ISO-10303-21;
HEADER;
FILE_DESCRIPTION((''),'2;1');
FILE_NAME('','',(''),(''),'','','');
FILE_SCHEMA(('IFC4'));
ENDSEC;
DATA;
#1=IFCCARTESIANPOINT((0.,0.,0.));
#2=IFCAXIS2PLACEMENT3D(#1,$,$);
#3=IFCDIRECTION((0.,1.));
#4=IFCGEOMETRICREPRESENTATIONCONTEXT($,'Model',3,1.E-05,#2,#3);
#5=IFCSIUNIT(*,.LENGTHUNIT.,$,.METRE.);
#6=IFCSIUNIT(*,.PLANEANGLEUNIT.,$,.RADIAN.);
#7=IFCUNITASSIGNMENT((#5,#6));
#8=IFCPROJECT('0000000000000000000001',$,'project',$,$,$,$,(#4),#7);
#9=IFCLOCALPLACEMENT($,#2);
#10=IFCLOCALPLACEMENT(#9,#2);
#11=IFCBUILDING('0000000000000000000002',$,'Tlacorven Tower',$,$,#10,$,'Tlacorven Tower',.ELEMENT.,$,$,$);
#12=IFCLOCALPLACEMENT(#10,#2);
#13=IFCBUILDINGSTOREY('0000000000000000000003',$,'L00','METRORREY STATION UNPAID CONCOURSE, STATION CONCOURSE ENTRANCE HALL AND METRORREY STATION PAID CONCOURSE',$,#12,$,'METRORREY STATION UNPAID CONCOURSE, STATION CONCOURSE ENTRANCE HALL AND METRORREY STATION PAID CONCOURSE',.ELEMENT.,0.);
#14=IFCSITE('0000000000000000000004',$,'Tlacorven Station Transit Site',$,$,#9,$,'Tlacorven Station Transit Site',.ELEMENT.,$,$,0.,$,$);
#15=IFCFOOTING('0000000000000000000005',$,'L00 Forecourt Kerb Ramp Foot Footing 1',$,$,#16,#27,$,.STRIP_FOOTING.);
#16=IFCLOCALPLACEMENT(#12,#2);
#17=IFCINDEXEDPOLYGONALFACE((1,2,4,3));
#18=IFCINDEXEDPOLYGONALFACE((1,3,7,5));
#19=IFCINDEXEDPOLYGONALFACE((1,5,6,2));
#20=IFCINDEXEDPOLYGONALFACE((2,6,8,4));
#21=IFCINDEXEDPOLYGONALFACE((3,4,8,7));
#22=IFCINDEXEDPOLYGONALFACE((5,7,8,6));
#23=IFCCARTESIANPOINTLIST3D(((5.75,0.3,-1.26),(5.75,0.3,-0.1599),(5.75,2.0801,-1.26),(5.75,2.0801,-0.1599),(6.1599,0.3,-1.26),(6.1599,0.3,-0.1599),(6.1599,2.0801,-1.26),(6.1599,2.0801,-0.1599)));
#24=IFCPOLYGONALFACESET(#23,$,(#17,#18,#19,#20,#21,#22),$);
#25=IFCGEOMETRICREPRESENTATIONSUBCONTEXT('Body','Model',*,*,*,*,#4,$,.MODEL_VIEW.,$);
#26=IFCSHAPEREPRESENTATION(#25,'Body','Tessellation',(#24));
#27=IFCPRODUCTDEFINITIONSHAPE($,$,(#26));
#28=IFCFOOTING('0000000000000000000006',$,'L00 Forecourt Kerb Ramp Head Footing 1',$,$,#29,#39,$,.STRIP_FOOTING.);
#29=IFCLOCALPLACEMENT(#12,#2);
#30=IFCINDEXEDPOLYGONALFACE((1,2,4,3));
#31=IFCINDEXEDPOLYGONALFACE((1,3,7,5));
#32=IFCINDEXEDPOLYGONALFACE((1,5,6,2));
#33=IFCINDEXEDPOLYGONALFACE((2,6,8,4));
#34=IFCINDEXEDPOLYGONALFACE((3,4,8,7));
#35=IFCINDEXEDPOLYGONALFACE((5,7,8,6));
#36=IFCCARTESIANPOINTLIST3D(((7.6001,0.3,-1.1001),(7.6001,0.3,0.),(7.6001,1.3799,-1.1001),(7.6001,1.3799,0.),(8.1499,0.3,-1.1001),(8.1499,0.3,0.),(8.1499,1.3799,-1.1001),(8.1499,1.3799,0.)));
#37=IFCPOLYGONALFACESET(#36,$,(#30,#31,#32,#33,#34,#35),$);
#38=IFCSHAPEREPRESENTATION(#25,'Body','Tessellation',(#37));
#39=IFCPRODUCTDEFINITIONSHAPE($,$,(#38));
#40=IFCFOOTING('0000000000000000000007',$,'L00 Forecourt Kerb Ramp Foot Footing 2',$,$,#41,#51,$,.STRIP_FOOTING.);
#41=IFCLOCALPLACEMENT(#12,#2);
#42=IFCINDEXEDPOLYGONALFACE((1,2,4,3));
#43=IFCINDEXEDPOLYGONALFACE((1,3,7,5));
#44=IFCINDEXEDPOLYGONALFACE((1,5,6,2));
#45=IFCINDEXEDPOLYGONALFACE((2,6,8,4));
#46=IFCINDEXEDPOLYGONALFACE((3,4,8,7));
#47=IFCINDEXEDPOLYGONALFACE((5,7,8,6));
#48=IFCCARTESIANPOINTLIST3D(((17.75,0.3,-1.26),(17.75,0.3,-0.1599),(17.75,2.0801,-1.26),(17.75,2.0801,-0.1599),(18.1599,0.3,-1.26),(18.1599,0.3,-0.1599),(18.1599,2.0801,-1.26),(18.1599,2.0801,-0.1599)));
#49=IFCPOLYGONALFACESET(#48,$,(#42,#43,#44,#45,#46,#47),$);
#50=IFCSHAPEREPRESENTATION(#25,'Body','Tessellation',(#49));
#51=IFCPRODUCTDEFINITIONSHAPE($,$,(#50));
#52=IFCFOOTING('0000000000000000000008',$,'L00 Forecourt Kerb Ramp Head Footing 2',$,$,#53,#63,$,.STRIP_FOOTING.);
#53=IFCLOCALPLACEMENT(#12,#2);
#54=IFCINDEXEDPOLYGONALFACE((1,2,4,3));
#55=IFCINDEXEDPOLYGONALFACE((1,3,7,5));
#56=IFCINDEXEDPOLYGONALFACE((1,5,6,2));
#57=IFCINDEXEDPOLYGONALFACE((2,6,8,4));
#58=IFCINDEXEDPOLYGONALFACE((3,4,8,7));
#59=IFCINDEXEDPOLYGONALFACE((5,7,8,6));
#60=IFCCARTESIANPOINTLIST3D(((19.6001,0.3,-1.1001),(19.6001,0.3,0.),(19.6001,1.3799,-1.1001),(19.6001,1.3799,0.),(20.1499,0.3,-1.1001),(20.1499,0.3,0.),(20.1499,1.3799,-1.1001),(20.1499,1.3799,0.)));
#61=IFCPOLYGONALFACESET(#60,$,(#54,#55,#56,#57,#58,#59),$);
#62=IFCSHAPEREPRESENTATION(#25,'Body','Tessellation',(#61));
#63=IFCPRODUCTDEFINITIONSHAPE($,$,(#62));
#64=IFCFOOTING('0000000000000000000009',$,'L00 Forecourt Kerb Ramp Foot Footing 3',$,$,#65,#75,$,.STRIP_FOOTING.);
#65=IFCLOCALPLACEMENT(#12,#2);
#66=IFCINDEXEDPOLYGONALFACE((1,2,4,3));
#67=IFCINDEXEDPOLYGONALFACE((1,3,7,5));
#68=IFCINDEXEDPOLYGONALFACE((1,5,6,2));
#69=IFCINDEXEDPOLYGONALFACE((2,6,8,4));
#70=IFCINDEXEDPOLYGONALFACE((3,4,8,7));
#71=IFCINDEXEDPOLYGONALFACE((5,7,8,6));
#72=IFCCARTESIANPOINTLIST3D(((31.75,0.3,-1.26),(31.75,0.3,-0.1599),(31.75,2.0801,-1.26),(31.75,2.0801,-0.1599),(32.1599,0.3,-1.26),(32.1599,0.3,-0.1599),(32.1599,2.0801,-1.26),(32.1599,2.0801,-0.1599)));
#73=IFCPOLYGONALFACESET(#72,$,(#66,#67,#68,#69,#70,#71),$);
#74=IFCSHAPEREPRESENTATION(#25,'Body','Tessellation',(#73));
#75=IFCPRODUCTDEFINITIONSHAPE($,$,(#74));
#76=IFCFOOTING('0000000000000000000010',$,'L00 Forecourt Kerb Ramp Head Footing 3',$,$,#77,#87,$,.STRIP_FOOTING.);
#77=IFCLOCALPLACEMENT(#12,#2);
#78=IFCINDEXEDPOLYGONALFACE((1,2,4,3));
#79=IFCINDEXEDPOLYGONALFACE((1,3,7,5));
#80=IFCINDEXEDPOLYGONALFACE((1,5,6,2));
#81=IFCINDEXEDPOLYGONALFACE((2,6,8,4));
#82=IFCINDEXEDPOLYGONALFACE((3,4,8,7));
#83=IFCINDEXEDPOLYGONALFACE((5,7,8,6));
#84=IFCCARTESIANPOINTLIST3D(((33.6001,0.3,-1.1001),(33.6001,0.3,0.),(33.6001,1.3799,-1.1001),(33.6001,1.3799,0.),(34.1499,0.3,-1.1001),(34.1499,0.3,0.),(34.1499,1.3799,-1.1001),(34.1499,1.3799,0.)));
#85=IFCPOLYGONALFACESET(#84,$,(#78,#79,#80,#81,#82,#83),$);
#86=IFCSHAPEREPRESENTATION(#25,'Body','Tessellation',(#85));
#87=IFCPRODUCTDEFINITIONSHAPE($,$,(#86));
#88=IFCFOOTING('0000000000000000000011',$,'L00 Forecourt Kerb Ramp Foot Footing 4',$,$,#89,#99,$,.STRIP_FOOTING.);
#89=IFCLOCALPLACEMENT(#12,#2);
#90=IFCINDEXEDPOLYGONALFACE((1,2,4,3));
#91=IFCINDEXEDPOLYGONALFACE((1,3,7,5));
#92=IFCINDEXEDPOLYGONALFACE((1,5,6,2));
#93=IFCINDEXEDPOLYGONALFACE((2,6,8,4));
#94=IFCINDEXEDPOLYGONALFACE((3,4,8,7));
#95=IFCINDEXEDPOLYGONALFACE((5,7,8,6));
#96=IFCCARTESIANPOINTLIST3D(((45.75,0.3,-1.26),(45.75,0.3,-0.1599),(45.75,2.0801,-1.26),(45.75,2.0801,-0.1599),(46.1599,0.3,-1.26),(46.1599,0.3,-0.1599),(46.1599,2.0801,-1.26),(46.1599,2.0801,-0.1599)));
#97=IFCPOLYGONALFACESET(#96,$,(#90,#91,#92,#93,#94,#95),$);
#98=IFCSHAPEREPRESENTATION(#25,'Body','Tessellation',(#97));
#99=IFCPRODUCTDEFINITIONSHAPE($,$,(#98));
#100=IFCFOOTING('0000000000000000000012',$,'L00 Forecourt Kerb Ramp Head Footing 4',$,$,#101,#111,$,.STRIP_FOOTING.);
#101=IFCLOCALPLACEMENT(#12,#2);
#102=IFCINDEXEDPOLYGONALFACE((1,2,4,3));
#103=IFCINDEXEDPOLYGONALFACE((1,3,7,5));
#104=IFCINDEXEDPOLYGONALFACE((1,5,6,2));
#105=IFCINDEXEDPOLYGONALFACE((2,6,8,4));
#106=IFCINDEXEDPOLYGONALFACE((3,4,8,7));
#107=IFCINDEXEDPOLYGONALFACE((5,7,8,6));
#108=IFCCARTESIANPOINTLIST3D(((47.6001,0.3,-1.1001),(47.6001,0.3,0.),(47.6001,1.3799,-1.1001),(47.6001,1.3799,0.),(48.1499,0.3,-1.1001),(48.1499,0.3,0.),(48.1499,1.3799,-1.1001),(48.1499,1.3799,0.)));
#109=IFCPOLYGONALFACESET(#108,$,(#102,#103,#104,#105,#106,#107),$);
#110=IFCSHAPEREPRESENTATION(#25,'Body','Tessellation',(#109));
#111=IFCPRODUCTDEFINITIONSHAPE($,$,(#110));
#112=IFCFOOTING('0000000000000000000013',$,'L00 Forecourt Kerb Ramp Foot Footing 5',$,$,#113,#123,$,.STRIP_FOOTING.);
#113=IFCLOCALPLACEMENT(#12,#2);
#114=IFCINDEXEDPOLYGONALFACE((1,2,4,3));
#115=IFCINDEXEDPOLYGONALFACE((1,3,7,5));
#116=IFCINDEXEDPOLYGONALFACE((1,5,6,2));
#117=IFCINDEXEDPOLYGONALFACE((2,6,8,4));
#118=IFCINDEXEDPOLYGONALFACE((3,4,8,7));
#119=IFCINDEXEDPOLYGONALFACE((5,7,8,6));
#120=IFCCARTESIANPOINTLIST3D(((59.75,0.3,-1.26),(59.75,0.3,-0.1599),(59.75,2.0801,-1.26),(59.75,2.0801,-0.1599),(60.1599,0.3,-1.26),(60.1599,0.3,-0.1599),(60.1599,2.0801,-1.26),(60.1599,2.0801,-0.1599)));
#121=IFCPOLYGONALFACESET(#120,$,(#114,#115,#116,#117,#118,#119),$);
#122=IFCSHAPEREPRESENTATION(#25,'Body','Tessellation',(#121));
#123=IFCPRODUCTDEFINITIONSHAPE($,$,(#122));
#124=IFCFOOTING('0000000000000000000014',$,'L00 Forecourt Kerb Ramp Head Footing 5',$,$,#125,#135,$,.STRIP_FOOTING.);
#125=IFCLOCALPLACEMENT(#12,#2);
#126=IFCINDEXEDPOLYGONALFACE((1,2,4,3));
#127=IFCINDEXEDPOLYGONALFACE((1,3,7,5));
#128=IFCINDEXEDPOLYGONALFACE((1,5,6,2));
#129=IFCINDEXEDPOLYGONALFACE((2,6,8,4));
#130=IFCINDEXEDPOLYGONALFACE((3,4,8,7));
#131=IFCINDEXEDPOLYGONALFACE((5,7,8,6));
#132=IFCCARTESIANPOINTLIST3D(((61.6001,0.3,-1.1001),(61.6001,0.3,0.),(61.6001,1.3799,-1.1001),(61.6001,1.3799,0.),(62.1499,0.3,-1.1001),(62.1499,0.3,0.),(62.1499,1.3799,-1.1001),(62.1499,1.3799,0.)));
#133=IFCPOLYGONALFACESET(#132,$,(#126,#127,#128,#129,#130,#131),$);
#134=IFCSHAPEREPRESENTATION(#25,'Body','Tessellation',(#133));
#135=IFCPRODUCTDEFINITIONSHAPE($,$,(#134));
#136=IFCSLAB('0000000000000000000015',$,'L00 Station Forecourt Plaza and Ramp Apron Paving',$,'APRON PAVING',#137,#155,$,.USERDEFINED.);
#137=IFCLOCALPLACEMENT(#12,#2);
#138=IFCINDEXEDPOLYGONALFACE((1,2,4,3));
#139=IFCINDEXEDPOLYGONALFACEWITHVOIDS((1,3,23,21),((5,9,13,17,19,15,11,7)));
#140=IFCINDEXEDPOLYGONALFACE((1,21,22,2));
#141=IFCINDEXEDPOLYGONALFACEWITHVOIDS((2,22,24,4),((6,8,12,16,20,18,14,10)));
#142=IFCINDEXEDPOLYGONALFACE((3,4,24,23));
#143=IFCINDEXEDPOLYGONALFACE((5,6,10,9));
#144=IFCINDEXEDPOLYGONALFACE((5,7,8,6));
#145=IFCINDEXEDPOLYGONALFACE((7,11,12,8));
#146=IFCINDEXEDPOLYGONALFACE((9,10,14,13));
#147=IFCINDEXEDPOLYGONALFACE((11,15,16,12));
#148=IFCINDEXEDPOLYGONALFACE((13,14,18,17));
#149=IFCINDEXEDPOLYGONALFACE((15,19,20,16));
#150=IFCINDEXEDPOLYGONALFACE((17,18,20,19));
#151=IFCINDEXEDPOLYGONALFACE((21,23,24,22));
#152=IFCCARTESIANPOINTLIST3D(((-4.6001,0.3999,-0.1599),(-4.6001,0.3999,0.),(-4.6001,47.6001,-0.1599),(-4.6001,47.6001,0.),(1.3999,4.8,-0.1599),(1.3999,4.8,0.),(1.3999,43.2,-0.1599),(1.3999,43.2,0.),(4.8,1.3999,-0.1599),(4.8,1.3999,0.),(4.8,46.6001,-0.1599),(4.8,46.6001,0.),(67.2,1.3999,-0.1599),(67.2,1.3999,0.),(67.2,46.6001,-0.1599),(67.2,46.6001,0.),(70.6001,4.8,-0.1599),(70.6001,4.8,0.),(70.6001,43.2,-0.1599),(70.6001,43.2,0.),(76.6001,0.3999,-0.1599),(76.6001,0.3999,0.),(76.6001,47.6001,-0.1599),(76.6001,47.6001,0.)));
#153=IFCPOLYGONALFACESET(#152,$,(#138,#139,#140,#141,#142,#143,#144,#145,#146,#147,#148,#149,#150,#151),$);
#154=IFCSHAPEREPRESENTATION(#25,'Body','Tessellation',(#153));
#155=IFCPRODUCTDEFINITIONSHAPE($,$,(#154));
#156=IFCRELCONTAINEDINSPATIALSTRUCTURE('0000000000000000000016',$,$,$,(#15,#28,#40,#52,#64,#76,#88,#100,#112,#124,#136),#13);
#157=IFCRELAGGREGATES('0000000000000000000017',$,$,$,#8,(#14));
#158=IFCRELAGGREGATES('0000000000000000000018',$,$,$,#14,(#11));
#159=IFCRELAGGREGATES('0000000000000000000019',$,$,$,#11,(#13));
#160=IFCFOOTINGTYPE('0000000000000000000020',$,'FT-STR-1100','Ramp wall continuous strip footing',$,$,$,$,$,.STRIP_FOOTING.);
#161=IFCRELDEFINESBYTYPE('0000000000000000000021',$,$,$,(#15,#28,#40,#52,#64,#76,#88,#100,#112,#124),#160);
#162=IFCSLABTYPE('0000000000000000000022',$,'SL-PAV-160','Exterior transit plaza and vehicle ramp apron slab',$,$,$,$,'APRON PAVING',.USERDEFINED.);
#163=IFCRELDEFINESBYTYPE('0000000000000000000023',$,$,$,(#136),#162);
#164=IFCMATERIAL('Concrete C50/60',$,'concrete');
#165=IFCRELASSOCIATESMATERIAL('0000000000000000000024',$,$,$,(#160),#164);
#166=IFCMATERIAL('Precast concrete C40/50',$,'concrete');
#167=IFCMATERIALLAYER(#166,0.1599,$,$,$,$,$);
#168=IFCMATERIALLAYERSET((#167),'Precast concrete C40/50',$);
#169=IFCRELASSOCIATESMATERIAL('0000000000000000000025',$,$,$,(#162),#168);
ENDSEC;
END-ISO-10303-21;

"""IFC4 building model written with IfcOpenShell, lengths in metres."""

from ifc_helpers import new_model, si_unit, direction, frame, origin, place, context, subcontext, project, spatial, polyline, outline, extrude, material, layer, layer_set, type_object, element, save


model = new_model("IFC4")

# Units and contexts
model_context = context("Model", 3, precision=1e-05, world=origin(), true_north=direction((0.0, 1.0)))
body_context = subcontext(model_context, "Body", "Model", "MODEL_VIEW")
ifc_project = project(units=[si_unit("LENGTHUNIT", "METRE"), si_unit("PLANEANGLEUNIT", "RADIAN")], contexts=[model_context])

# Site, building, storey
site_placement = place(None, origin())
site = spatial("IfcSite", under=ifc_project, at=site_placement, Name="Tlacorven Station Transit Site", LongName="Tlacorven Station Transit Site", CompositionType="ELEMENT", RefElevation=0.0)
building_placement = place(site_placement, origin())
building = spatial("IfcBuilding", under=site, at=building_placement, Name="Tlacorven Tower", LongName="Tlacorven Tower", CompositionType="ELEMENT")
storey_placement = place(building_placement, origin())
storey = spatial("IfcBuildingStorey", under=building, at=storey_placement, Name="L00", Description="METRORREY STATION UNPAID CONCOURSE, STATION CONCOURSE ENTRANCE HALL AND METRORREY STATION PAID CONCOURSE", LongName="METRORREY STATION UNPAID CONCOURSE, STATION CONCOURSE ENTRANCE HALL AND METRORREY STATION PAID CONCOURSE", CompositionType="ELEMENT", Elevation=0.0)

# Footings
ifc_material_1 = material(Name="Concrete C50/60", Category="concrete")
footing_type = type_object("IfcFootingType", Name="FT-STR-1100", Description="Ramp wall continuous strip footing", PredefinedType="STRIP_FOOTING", material=ifc_material_1)
footing_1_placement = place(storey_placement, frame((0.0, 0.0, -1.26)))
element("IfcFooting", 1, at=footing_1_placement, inside=storey, type_object=footing_type, Name="L00 Forecourt Kerb Ramp Foot Footing 1", PredefinedType="STRIP_FOOTING", context=body_context, shape_type="SweptSolid", body=[
    extrude(outline(polyline([(5.75, 0.3), (6.1599, 0.3), (6.1599, 2.0801), (5.75, 2.0801), (5.75, 0.3)])), origin(), (0.0, 0.0, 1.0), 1.1001),
])
footing_2_placement = place(storey_placement, frame((0.0, 0.0, -1.1001)))
element("IfcFooting", 2, at=footing_2_placement, inside=storey, type_object=footing_type, Name="L00 Forecourt Kerb Ramp Head Footing 1", PredefinedType="STRIP_FOOTING", context=body_context, shape_type="SweptSolid", body=[
    extrude(outline(polyline([(7.6001, 0.3), (8.1499, 0.3), (8.1499, 1.3799), (7.6001, 1.3799), (7.6001, 0.3)])), origin(), (0.0, 0.0, 1.0), 1.1001),
])
footing_3_placement = place(storey_placement, frame((0.0, 0.0, -1.26)))
element("IfcFooting", 3, at=footing_3_placement, inside=storey, type_object=footing_type, Name="L00 Forecourt Kerb Ramp Foot Footing 2", PredefinedType="STRIP_FOOTING", context=body_context, shape_type="SweptSolid", body=[
    extrude(outline(polyline([(17.75, 0.3), (18.1599, 0.3), (18.1599, 2.0801), (17.75, 2.0801), (17.75, 0.3)])), origin(), (0.0, 0.0, 1.0), 1.1001),
])
footing_4_placement = place(storey_placement, frame((0.0, 0.0, -1.1001)))
element("IfcFooting", 4, at=footing_4_placement, inside=storey, type_object=footing_type, Name="L00 Forecourt Kerb Ramp Head Footing 2", PredefinedType="STRIP_FOOTING", context=body_context, shape_type="SweptSolid", body=[
    extrude(outline(polyline([(19.6001, 0.3), (20.1499, 0.3), (20.1499, 1.3799), (19.6001, 1.3799), (19.6001, 0.3)])), origin(), (0.0, 0.0, 1.0), 1.1001),
])
footing_5_placement = place(storey_placement, frame((0.0, 0.0, -1.26)))
element("IfcFooting", 5, at=footing_5_placement, inside=storey, type_object=footing_type, Name="L00 Forecourt Kerb Ramp Foot Footing 3", PredefinedType="STRIP_FOOTING", context=body_context, shape_type="SweptSolid", body=[
    extrude(outline(polyline([(31.75, 0.3), (32.1599, 0.3), (32.1599, 2.0801), (31.75, 2.0801), (31.75, 0.3)])), origin(), (0.0, 0.0, 1.0), 1.1001),
])
footing_6_placement = place(storey_placement, frame((0.0, 0.0, -1.1001)))
element("IfcFooting", 6, at=footing_6_placement, inside=storey, type_object=footing_type, Name="L00 Forecourt Kerb Ramp Head Footing 3", PredefinedType="STRIP_FOOTING", context=body_context, shape_type="SweptSolid", body=[
    extrude(outline(polyline([(33.6001, 0.3), (34.1499, 0.3), (34.1499, 1.3799), (33.6001, 1.3799), (33.6001, 0.3)])), origin(), (0.0, 0.0, 1.0), 1.1001),
])
footing_7_placement = place(storey_placement, frame((0.0, 0.0, -1.26)))
element("IfcFooting", 7, at=footing_7_placement, inside=storey, type_object=footing_type, Name="L00 Forecourt Kerb Ramp Foot Footing 4", PredefinedType="STRIP_FOOTING", context=body_context, shape_type="SweptSolid", body=[
    extrude(outline(polyline([(45.75, 0.3), (46.1599, 0.3), (46.1599, 2.0801), (45.75, 2.0801), (45.75, 0.3)])), origin(), (0.0, 0.0, 1.0), 1.1001),
])
footing_8_placement = place(storey_placement, frame((0.0, 0.0, -1.1001)))
element("IfcFooting", 8, at=footing_8_placement, inside=storey, type_object=footing_type, Name="L00 Forecourt Kerb Ramp Head Footing 4", PredefinedType="STRIP_FOOTING", context=body_context, shape_type="SweptSolid", body=[
    extrude(outline(polyline([(47.6001, 0.3), (48.1499, 0.3), (48.1499, 1.3799), (47.6001, 1.3799), (47.6001, 0.3)])), origin(), (0.0, 0.0, 1.0), 1.1001),
])
footing_9_placement = place(storey_placement, frame((0.0, 0.0, -1.26)))
element("IfcFooting", 9, at=footing_9_placement, inside=storey, type_object=footing_type, Name="L00 Forecourt Kerb Ramp Foot Footing 5", PredefinedType="STRIP_FOOTING", context=body_context, shape_type="SweptSolid", body=[
    extrude(outline(polyline([(59.75, 0.3), (60.1599, 0.3), (60.1599, 2.0801), (59.75, 2.0801), (59.75, 0.3)])), origin(), (0.0, 0.0, 1.0), 1.1001),
])
footing_10_placement = place(storey_placement, frame((0.0, 0.0, -1.1001)))
element("IfcFooting", 10, at=footing_10_placement, inside=storey, type_object=footing_type, Name="L00 Forecourt Kerb Ramp Head Footing 5", PredefinedType="STRIP_FOOTING", context=body_context, shape_type="SweptSolid", body=[
    extrude(outline(polyline([(61.6001, 0.3), (62.1499, 0.3), (62.1499, 1.3799), (61.6001, 1.3799), (61.6001, 0.3)])), origin(), (0.0, 0.0, 1.0), 1.1001),
])

# Slab
ifc_material_2 = material(Name="Precast concrete C40/50", Category="concrete")
ifc_layer_1 = layer(ifc_material_2, 0.1599)
ifc_layer_set_1 = layer_set([ifc_layer_1], Name="Precast concrete C40/50")
slab_type_1 = type_object("IfcSlabType", Name="SL-PAV-160", Description="Exterior transit plaza and vehicle ramp apron slab", ElementType="APRON PAVING", PredefinedType="USERDEFINED", material=ifc_layer_set_1)
slab_1_placement = place(storey_placement, frame((0.0, 0.0, -0.1599)))
element("IfcSlab", 11, at=slab_1_placement, inside=storey, type_object=slab_type_1, Name="L00 Station Forecourt Plaza and Ramp Apron Paving", ObjectType="APRON PAVING", PredefinedType="USERDEFINED", context=body_context, shape_type="SweptSolid", body=[
    extrude(outline(polyline([(-4.6001, 0.3999), (76.6001, 0.3999), (76.6001, 47.6001), (-4.6001, 47.6001), (-4.6001, 0.3999)]), holes=[polyline([(4.8, 1.3999), (67.2, 1.3999), (70.6001, 4.8), (70.6001, 43.2), (67.2, 46.6001), (4.8, 46.6001), (1.3999, 43.2), (1.3999, 4.8), (4.8, 1.3999)])]), origin(), (0.0, 0.0, 1.0), 0.1599),
])

save(model, "model.ifc")
